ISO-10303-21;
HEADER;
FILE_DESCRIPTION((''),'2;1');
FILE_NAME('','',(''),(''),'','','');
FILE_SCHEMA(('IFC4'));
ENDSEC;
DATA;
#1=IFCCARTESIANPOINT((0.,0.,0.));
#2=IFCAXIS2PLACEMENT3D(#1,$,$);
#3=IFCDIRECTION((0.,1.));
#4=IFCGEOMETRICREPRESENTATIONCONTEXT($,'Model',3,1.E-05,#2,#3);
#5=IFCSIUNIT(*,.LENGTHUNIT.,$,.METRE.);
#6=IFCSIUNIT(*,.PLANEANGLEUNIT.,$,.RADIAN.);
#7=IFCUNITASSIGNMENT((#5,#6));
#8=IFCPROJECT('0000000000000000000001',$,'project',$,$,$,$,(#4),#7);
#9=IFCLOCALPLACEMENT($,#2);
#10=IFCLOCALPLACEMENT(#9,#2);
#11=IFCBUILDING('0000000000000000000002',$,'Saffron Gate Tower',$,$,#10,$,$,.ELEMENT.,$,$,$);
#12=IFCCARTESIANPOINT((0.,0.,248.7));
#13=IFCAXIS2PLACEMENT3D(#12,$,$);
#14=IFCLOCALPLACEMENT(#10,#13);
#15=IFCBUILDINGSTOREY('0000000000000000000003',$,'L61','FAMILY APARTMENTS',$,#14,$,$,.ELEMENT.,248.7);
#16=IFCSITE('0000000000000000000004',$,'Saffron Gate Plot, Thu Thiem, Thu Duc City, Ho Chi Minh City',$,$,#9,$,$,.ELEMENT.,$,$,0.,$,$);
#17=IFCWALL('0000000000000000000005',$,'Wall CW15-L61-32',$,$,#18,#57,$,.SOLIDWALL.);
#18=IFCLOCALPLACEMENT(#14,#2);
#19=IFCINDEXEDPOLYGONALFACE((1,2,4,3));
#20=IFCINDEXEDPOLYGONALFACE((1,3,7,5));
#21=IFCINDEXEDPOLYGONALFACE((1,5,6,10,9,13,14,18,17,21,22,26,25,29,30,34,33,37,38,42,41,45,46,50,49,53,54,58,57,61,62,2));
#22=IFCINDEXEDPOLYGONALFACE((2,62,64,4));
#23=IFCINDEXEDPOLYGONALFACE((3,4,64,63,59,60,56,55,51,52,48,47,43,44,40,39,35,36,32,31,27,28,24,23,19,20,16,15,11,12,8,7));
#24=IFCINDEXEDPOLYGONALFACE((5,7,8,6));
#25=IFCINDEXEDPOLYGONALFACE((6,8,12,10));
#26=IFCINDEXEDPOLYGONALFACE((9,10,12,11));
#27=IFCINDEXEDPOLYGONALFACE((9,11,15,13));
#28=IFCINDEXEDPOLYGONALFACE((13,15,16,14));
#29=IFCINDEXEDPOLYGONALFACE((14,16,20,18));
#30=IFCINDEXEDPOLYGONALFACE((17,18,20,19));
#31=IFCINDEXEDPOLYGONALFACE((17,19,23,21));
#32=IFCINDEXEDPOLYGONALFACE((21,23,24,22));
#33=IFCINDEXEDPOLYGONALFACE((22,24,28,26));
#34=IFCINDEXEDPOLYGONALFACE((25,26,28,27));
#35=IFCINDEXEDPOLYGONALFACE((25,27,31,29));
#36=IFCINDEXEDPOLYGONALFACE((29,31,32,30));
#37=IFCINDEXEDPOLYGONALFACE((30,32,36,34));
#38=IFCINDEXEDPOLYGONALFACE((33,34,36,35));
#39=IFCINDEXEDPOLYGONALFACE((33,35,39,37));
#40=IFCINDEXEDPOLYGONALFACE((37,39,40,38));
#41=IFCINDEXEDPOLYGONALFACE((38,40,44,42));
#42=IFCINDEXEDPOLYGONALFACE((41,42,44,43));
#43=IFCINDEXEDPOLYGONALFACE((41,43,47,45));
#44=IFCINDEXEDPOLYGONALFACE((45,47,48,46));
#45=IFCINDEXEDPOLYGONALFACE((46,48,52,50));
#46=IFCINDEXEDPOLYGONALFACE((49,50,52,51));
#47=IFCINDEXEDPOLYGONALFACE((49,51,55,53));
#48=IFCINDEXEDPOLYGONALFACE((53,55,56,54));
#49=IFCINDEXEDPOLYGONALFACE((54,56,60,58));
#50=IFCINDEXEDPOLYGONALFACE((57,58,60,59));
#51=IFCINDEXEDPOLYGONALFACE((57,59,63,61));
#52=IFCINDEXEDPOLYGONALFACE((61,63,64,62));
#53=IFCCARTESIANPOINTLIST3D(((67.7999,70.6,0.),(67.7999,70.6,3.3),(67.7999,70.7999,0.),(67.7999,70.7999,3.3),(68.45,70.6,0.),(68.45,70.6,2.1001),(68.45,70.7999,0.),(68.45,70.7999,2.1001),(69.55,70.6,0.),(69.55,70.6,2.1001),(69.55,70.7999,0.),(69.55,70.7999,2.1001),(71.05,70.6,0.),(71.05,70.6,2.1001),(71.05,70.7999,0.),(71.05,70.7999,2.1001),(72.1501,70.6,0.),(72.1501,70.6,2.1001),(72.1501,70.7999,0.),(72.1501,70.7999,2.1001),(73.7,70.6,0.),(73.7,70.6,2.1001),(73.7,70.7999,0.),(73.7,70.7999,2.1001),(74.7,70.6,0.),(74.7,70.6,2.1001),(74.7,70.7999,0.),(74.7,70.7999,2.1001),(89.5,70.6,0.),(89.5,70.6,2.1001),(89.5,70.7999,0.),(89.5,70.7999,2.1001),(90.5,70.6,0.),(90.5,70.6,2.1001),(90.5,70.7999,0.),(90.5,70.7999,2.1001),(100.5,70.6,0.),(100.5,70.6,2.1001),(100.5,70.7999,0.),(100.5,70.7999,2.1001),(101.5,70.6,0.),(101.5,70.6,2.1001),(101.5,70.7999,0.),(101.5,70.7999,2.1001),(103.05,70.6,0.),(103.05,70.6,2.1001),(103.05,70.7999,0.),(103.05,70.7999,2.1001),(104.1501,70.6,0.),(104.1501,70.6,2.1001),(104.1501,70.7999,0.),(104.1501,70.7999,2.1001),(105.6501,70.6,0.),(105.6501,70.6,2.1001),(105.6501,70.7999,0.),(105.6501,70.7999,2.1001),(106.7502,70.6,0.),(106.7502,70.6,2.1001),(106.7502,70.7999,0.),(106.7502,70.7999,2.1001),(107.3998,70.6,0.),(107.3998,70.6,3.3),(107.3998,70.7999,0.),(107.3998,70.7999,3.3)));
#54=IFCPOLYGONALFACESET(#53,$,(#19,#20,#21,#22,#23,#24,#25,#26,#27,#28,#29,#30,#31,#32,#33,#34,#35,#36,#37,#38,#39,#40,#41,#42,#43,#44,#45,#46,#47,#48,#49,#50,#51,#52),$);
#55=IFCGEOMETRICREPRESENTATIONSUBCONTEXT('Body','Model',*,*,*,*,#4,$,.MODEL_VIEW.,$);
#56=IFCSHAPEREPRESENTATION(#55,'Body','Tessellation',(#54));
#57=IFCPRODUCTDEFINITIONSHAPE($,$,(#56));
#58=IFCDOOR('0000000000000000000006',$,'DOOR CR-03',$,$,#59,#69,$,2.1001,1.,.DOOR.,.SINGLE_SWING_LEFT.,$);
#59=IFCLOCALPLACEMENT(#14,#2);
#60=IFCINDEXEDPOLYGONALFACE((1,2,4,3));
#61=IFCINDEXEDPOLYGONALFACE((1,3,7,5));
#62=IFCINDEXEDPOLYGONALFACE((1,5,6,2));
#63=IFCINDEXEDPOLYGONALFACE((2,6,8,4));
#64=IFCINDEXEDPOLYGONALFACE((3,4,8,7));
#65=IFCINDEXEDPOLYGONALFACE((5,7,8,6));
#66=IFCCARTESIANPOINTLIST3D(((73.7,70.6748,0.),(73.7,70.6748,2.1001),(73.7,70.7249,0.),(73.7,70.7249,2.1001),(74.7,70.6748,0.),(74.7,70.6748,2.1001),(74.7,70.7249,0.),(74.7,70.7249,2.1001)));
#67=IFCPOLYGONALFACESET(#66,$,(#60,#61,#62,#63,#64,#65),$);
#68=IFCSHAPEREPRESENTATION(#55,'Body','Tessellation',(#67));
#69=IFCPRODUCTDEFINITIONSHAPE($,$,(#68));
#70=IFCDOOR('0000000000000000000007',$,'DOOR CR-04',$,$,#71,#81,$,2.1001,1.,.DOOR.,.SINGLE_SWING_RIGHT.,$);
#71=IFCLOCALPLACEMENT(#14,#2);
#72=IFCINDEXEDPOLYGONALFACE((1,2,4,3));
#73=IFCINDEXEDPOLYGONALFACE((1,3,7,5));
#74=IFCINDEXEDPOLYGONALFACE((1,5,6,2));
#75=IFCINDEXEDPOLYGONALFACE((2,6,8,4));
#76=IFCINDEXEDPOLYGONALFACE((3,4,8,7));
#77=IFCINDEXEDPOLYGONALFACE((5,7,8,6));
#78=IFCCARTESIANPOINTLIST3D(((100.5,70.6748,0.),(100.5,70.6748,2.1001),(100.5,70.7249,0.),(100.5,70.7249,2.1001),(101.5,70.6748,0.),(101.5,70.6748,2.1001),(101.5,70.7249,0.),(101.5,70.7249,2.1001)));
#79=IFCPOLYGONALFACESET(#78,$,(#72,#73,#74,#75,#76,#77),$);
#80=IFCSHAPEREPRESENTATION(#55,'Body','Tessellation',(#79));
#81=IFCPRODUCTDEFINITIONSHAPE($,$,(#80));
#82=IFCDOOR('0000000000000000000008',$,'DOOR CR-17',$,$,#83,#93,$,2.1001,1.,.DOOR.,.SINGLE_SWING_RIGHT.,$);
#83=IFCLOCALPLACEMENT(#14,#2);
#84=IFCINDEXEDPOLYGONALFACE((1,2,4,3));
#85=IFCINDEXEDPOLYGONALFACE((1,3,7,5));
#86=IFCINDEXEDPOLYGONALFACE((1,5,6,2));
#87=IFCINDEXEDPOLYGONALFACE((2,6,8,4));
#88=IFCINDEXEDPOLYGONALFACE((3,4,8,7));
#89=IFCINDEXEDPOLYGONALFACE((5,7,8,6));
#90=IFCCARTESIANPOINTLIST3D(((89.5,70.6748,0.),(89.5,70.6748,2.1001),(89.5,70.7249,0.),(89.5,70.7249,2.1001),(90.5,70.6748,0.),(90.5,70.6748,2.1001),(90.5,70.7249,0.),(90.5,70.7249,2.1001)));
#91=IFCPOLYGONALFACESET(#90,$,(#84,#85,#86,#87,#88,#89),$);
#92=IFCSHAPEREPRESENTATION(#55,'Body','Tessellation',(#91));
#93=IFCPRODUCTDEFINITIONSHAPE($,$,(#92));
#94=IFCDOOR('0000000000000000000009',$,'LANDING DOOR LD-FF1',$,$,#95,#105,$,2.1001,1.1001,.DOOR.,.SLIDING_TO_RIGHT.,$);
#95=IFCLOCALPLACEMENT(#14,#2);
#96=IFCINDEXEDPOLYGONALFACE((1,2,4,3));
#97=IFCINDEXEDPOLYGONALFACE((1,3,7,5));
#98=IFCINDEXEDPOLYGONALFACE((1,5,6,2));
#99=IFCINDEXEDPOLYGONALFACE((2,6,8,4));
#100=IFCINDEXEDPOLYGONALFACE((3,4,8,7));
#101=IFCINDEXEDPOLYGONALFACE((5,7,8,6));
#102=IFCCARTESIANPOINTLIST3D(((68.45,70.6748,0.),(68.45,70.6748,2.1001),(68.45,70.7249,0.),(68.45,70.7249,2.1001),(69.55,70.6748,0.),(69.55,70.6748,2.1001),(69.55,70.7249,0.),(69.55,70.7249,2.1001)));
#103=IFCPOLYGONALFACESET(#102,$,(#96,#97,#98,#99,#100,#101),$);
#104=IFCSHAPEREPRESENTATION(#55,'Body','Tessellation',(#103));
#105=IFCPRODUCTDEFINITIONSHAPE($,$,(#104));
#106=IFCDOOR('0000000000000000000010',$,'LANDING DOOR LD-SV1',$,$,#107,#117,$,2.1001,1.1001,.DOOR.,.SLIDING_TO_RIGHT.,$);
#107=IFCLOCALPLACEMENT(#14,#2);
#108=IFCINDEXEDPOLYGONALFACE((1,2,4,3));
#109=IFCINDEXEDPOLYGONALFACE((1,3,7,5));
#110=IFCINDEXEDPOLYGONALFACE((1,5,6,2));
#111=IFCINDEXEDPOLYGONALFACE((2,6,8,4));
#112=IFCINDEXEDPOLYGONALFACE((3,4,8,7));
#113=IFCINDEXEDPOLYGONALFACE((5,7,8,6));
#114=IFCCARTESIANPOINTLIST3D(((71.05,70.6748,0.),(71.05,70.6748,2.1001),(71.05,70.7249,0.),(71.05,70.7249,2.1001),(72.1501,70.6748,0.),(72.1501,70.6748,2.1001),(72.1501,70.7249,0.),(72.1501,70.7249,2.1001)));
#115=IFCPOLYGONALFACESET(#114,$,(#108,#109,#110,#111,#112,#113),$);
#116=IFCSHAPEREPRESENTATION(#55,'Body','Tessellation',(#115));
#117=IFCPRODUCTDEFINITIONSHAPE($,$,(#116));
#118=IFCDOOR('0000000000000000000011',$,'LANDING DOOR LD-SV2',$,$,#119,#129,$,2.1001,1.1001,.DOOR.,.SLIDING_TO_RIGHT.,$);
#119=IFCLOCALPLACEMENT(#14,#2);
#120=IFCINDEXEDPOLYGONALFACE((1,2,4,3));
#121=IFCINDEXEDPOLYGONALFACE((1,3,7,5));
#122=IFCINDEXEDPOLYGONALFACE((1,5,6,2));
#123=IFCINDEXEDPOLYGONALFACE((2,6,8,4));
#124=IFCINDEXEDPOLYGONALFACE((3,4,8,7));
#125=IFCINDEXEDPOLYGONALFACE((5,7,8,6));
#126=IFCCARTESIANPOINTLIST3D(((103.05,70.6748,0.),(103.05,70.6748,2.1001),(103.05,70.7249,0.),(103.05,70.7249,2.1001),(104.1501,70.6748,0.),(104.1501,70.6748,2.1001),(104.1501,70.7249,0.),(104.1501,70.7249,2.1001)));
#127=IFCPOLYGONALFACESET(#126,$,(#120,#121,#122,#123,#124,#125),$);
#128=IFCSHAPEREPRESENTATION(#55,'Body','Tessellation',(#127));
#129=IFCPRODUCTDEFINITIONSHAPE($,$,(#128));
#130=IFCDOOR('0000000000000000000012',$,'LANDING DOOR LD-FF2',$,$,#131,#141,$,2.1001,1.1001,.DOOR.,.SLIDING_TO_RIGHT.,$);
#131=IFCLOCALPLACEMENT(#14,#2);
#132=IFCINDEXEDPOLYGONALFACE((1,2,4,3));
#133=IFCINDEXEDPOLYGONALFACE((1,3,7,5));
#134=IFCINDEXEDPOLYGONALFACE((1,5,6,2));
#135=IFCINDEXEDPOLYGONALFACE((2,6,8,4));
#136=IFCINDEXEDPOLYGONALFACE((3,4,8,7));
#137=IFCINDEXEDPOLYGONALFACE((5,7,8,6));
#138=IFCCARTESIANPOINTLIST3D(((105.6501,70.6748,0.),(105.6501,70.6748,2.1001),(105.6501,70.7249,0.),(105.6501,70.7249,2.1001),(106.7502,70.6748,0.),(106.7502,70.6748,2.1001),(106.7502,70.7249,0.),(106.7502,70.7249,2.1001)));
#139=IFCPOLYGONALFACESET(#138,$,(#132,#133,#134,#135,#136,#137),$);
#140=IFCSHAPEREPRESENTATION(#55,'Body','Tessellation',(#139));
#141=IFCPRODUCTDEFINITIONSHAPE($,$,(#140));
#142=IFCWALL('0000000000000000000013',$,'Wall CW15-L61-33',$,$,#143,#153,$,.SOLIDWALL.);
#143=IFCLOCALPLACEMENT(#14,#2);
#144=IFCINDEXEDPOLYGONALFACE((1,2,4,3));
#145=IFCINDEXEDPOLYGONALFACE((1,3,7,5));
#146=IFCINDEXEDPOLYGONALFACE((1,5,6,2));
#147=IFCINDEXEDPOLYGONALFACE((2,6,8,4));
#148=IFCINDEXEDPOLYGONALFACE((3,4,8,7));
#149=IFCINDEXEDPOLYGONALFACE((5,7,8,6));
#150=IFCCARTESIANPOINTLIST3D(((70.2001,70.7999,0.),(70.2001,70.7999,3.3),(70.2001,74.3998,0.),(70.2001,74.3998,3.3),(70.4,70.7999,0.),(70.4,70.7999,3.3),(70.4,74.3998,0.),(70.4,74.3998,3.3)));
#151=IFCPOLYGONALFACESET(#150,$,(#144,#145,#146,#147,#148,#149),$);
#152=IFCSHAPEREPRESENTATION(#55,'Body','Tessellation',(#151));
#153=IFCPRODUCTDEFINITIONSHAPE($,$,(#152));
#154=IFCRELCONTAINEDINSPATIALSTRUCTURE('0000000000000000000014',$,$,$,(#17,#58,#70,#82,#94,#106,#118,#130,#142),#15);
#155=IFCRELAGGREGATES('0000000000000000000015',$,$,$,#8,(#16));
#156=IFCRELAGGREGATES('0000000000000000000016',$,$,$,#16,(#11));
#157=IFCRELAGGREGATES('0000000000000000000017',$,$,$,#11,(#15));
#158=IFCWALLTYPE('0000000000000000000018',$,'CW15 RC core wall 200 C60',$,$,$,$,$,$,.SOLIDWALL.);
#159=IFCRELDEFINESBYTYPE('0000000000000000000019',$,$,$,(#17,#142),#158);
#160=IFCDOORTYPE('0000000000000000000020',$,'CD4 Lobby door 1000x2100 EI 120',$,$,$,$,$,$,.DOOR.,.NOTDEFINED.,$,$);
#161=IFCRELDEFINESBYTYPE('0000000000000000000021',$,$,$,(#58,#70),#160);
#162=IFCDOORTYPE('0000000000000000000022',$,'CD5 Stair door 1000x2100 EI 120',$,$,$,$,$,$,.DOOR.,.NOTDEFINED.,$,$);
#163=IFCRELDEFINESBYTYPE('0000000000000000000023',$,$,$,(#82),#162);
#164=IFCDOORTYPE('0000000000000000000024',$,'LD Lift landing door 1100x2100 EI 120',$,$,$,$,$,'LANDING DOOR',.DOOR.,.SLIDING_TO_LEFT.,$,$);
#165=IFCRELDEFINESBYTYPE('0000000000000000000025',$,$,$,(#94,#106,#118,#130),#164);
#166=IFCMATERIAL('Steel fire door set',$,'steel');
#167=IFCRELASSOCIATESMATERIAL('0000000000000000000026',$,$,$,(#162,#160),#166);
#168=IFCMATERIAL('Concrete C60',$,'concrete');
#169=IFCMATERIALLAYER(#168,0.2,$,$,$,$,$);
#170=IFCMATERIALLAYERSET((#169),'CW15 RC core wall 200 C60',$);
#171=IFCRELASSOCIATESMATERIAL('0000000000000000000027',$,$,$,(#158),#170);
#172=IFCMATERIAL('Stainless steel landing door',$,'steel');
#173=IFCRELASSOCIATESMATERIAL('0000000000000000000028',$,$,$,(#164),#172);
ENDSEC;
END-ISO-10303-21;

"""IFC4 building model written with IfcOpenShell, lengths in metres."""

from ifc_helpers import new_model, si_unit, direction, frame, frame_2d, origin, place, context, subcontext, project, spatial, rectangle, extrude, material, layer, layer_set, type_object, element, fill, save


model = new_model("IFC4")

# Units and contexts
model_context = context("Model", 3, precision=1e-05, world=origin(), true_north=direction((0.0, 1.0)))
body_context = subcontext(model_context, "Body", "Model", "MODEL_VIEW")
ifc_project = project(units=[si_unit("LENGTHUNIT", "METRE"), si_unit("PLANEANGLEUNIT", "RADIAN")], contexts=[model_context])

# Site, building, storey
site_placement = place(None, origin())
site = spatial("IfcSite", under=ifc_project, at=site_placement, Name="Saffron Gate Plot, Thu Thiem, Thu Duc City, Ho Chi Minh City", CompositionType="ELEMENT", RefElevation=0.0)
building_placement = place(site_placement, origin())
building = spatial("IfcBuilding", under=site, at=building_placement, Name="Saffron Gate Tower", CompositionType="ELEMENT")
storey_placement = place(building_placement, frame((0.0, 0.0, 248.7)))
storey = spatial("IfcBuildingStorey", under=building, at=storey_placement, Name="L61", Description="FAMILY APARTMENTS", CompositionType="ELEMENT", Elevation=248.7)

# Wall, openings, doors
ifc_material_1 = material(Name="Concrete C60", Category="concrete")
ifc_material_2 = material(Name="Steel fire door set", Category="steel")
door_type_1 = type_object("IfcDoorType", Name="CD5 Stair door 1000x2100 EI 120", OperationType="NOTDEFINED", PredefinedType="DOOR", material=ifc_material_2)
ifc_layer_1 = layer(ifc_material_1, 0.2)
ifc_layer_set_1 = layer_set([ifc_layer_1], Name="CW15 RC core wall 200 C60")
wall_type_1 = type_object("IfcWallType", Name="CW15 RC core wall 200 C60", PredefinedType="SOLIDWALL", material=ifc_layer_set_1)
wall_1_placement = place(storey_placement, frame((67.8, 70.7, 0.0), z_axis=(0.0, 0.0, 1.0), x_axis=(1.0, 0.0, 0.0)))
wall_1 = element("IfcWall", 1, at=wall_1_placement, inside=storey, type_object=wall_type_1, Name="Wall CW15-L61-32", PredefinedType="SOLIDWALL", context=body_context, shape_type="SweptSolid", body=[
    extrude(rectangle(XDim=39.5999, YDim=0.2, at=frame_2d((19.7998, 0.0))), origin(), (0.0, 0.0, 1.0), 3.3),
])
opening_1_placement = place(wall_1_placement, frame((0.6499, 0.0, 0.0)))
opening_1 = element("IfcOpeningElement", 2, at=opening_1_placement, cuts=wall_1, PredefinedType="OPENING", context=body_context, shape_type="SweptSolid", body=[
    extrude(rectangle(XDim=1.1001, YDim=2.1001, at=frame_2d((0.55, 1.05))), frame((0.0, 0.1099, 0.0), z_axis=(0.0, -1.0, 0.0), x_axis=(1.0, 0.0, 0.0)), (0.0, 0.0, 1.0), 0.22),
])
opening_2_placement = place(wall_1_placement, frame((3.25, 0.0, 0.0)))
opening_2 = element("IfcOpeningElement", 3, at=opening_2_placement, cuts=wall_1, PredefinedType="OPENING", context=body_context, shape_type="SweptSolid", body=[
    extrude(rectangle(XDim=1.1001, YDim=2.1001, at=frame_2d((0.55, 1.05))), frame((0.0, 0.1099, 0.0), z_axis=(0.0, -1.0, 0.0), x_axis=(1.0, 0.0, 0.0)), (0.0, 0.0, 1.0), 0.22),
])
opening_3_placement = place(wall_1_placement, frame((5.8999, 0.0, 0.0)))
opening_3 = element("IfcOpeningElement", 4, at=opening_3_placement, cuts=wall_1, PredefinedType="OPENING", context=body_context, shape_type="SweptSolid", body=[
    extrude(rectangle(XDim=1.0, YDim=2.1001, at=frame_2d((0.5, 1.05))), frame((0.0, 0.1099, 0.0), z_axis=(0.0, -1.0, 0.0), x_axis=(1.0, 0.0, 0.0)), (0.0, 0.0, 1.0), 0.22),
])
opening_4_placement = place(wall_1_placement, frame((21.7, 0.0, 0.0)))
opening_4 = element("IfcOpeningElement", 5, at=opening_4_placement, cuts=wall_1, PredefinedType="OPENING", context=body_context, shape_type="SweptSolid", body=[
    extrude(rectangle(XDim=1.0, YDim=2.1001, at=frame_2d((0.5, 1.05))), frame((0.0, 0.1099, 0.0), z_axis=(0.0, -1.0, 0.0), x_axis=(1.0, 0.0, 0.0)), (0.0, 0.0, 1.0), 0.22),
])
opening_5_placement = place(wall_1_placement, frame((32.7, 0.0, 0.0)))
opening_5 = element("IfcOpeningElement", 6, at=opening_5_placement, cuts=wall_1, PredefinedType="OPENING", context=body_context, shape_type="SweptSolid", body=[
    extrude(rectangle(XDim=1.0, YDim=2.1001, at=frame_2d((0.5, 1.05))), frame((0.0, 0.1099, 0.0), z_axis=(0.0, -1.0, 0.0), x_axis=(1.0, 0.0, 0.0)), (0.0, 0.0, 1.0), 0.22),
])
opening_6_placement = place(wall_1_placement, frame((35.25, 0.0, 0.0)))
opening_6 = element("IfcOpeningElement", 7, at=opening_6_placement, cuts=wall_1, PredefinedType="OPENING", context=body_context, shape_type="SweptSolid", body=[
    extrude(rectangle(XDim=1.1001, YDim=2.1001, at=frame_2d((0.55, 1.05))), frame((0.0, 0.1099, 0.0), z_axis=(0.0, -1.0, 0.0), x_axis=(1.0, 0.0, 0.0)), (0.0, 0.0, 1.0), 0.22),
])
opening_7_placement = place(wall_1_placement, frame((37.8501, 0.0, 0.0)))
opening_7 = element("IfcOpeningElement", 8, at=opening_7_placement, cuts=wall_1, PredefinedType="OPENING", context=body_context, shape_type="SweptSolid", body=[
    extrude(rectangle(XDim=1.1001, YDim=2.1001, at=frame_2d((0.55, 1.05))), frame((0.0, 0.1099, 0.0), z_axis=(0.0, -1.0, 0.0), x_axis=(1.0, 0.0, 0.0)), (0.0, 0.0, 1.0), 0.22),
])
door_type_2 = type_object("IfcDoorType", Name="CD4 Lobby door 1000x2100 EI 120", OperationType="NOTDEFINED", PredefinedType="DOOR", material=ifc_material_2)
door_1_placement = place(opening_3_placement, origin())
door_1 = element("IfcDoor", 9, at=door_1_placement, inside=storey, type_object=door_type_2, Name="DOOR CR-03", OperationType="SINGLE_SWING_LEFT", OverallHeight=2.1001, OverallWidth=1.0, PredefinedType="DOOR", context=body_context, shape_type="SweptSolid", body=[
    extrude(rectangle(XDim=1.0, YDim=2.1001, at=frame_2d((0.5, 1.05))), frame((0.0, 0.0249, 0.0), z_axis=(0.0, -1.0, 0.0), x_axis=(1.0, 0.0, 0.0)), (0.0, 0.0, 1.0), 0.05),
])
fill(opening_3, door_1)
door_2_placement = place(opening_5_placement, origin())
door_2 = element("IfcDoor", 10, at=door_2_placement, inside=storey, type_object=door_type_2, Name="DOOR CR-04", OperationType="SINGLE_SWING_RIGHT", OverallHeight=2.1001, OverallWidth=1.0, PredefinedType="DOOR", context=body_context, shape_type="SweptSolid", body=[
    extrude(rectangle(XDim=1.0, YDim=2.1001, at=frame_2d((0.5, 1.05))), frame((0.0, 0.0249, 0.0), z_axis=(0.0, -1.0, 0.0), x_axis=(1.0, 0.0, 0.0)), (0.0, 0.0, 1.0), 0.05),
])
fill(opening_5, door_2)
door_3_placement = place(opening_4_placement, origin())
door_3 = element("IfcDoor", 11, at=door_3_placement, inside=storey, type_object=door_type_1, Name="DOOR CR-17", OperationType="SINGLE_SWING_RIGHT", OverallHeight=2.1001, OverallWidth=1.0, PredefinedType="DOOR", context=body_context, shape_type="SweptSolid", body=[
    extrude(rectangle(XDim=1.0, YDim=2.1001, at=frame_2d((0.5, 1.05))), frame((0.0, 0.0249, 0.0), z_axis=(0.0, -1.0, 0.0), x_axis=(1.0, 0.0, 0.0)), (0.0, 0.0, 1.0), 0.05),
])
fill(opening_4, door_3)
ifc_material_3 = material(Name="Stainless steel landing door", Category="steel")
door_type_3 = type_object("IfcDoorType", Name="LD Lift landing door 1100x2100 EI 120", ElementType="LANDING DOOR", OperationType="SLIDING_TO_LEFT", PredefinedType="DOOR", material=ifc_material_3)
door_4_placement = place(opening_1_placement, origin())
door_4 = element("IfcDoor", 12, at=door_4_placement, inside=storey, type_object=door_type_3, Name="LANDING DOOR LD-FF1", OperationType="SLIDING_TO_RIGHT", OverallHeight=2.1001, OverallWidth=1.1001, PredefinedType="DOOR", context=body_context, shape_type="SweptSolid", body=[
    extrude(rectangle(XDim=1.1001, YDim=2.1001, at=frame_2d((0.55, 1.05))), frame((0.0, 0.0249, 0.0), z_axis=(0.0, -1.0, 0.0), x_axis=(1.0, 0.0, 0.0)), (0.0, 0.0, 1.0), 0.05),
])
fill(opening_1, door_4)
door_5_placement = place(opening_2_placement, origin())
door_5 = element("IfcDoor", 13, at=door_5_placement, inside=storey, type_object=door_type_3, Name="LANDING DOOR LD-SV1", OperationType="SLIDING_TO_RIGHT", OverallHeight=2.1001, OverallWidth=1.1001, PredefinedType="DOOR", context=body_context, shape_type="SweptSolid", body=[
    extrude(rectangle(XDim=1.1001, YDim=2.1001, at=frame_2d((0.55, 1.05))), frame((0.0, 0.0249, 0.0), z_axis=(0.0, -1.0, 0.0), x_axis=(1.0, 0.0, 0.0)), (0.0, 0.0, 1.0), 0.05),
])
fill(opening_2, door_5)
door_6_placement = place(opening_6_placement, origin())
door_6 = element("IfcDoor", 14, at=door_6_placement, inside=storey, type_object=door_type_3, Name="LANDING DOOR LD-SV2", OperationType="SLIDING_TO_RIGHT", OverallHeight=2.1001, OverallWidth=1.1001, PredefinedType="DOOR", context=body_context, shape_type="SweptSolid", body=[
    extrude(rectangle(XDim=1.1001, YDim=2.1001, at=frame_2d((0.55, 1.05))), frame((0.0, 0.0249, 0.0), z_axis=(0.0, -1.0, 0.0), x_axis=(1.0, 0.0, 0.0)), (0.0, 0.0, 1.0), 0.05),
])
fill(opening_6, door_6)
door_7_placement = place(opening_7_placement, origin())
door_7 = element("IfcDoor", 15, at=door_7_placement, inside=storey, type_object=door_type_3, Name="LANDING DOOR LD-FF2", OperationType="SLIDING_TO_RIGHT", OverallHeight=2.1001, OverallWidth=1.1001, PredefinedType="DOOR", context=body_context, shape_type="SweptSolid", body=[
    extrude(rectangle(XDim=1.1001, YDim=2.1001, at=frame_2d((0.55, 1.05))), frame((0.0, 0.0249, 0.0), z_axis=(0.0, -1.0, 0.0), x_axis=(1.0, 0.0, 0.0)), (0.0, 0.0, 1.0), 0.05),
])
fill(opening_7, door_7)

# Wall
wall_2_placement = place(storey_placement, frame((70.3, 70.8, 0.0), z_axis=(0.0, 0.0, 1.0), x_axis=(0.0, 1.0, 0.0)))
element("IfcWall", 16, at=wall_2_placement, inside=storey, type_object=wall_type_1, Name="Wall CW15-L61-33", PredefinedType="SOLIDWALL", context=body_context, shape_type="SweptSolid", body=[
    extrude(rectangle(XDim=3.5999, YDim=0.2, at=frame_2d((1.7998, 0.0))), origin(), (0.0, 0.0, 1.0), 3.3),
])

save(model, "model.ifc")
